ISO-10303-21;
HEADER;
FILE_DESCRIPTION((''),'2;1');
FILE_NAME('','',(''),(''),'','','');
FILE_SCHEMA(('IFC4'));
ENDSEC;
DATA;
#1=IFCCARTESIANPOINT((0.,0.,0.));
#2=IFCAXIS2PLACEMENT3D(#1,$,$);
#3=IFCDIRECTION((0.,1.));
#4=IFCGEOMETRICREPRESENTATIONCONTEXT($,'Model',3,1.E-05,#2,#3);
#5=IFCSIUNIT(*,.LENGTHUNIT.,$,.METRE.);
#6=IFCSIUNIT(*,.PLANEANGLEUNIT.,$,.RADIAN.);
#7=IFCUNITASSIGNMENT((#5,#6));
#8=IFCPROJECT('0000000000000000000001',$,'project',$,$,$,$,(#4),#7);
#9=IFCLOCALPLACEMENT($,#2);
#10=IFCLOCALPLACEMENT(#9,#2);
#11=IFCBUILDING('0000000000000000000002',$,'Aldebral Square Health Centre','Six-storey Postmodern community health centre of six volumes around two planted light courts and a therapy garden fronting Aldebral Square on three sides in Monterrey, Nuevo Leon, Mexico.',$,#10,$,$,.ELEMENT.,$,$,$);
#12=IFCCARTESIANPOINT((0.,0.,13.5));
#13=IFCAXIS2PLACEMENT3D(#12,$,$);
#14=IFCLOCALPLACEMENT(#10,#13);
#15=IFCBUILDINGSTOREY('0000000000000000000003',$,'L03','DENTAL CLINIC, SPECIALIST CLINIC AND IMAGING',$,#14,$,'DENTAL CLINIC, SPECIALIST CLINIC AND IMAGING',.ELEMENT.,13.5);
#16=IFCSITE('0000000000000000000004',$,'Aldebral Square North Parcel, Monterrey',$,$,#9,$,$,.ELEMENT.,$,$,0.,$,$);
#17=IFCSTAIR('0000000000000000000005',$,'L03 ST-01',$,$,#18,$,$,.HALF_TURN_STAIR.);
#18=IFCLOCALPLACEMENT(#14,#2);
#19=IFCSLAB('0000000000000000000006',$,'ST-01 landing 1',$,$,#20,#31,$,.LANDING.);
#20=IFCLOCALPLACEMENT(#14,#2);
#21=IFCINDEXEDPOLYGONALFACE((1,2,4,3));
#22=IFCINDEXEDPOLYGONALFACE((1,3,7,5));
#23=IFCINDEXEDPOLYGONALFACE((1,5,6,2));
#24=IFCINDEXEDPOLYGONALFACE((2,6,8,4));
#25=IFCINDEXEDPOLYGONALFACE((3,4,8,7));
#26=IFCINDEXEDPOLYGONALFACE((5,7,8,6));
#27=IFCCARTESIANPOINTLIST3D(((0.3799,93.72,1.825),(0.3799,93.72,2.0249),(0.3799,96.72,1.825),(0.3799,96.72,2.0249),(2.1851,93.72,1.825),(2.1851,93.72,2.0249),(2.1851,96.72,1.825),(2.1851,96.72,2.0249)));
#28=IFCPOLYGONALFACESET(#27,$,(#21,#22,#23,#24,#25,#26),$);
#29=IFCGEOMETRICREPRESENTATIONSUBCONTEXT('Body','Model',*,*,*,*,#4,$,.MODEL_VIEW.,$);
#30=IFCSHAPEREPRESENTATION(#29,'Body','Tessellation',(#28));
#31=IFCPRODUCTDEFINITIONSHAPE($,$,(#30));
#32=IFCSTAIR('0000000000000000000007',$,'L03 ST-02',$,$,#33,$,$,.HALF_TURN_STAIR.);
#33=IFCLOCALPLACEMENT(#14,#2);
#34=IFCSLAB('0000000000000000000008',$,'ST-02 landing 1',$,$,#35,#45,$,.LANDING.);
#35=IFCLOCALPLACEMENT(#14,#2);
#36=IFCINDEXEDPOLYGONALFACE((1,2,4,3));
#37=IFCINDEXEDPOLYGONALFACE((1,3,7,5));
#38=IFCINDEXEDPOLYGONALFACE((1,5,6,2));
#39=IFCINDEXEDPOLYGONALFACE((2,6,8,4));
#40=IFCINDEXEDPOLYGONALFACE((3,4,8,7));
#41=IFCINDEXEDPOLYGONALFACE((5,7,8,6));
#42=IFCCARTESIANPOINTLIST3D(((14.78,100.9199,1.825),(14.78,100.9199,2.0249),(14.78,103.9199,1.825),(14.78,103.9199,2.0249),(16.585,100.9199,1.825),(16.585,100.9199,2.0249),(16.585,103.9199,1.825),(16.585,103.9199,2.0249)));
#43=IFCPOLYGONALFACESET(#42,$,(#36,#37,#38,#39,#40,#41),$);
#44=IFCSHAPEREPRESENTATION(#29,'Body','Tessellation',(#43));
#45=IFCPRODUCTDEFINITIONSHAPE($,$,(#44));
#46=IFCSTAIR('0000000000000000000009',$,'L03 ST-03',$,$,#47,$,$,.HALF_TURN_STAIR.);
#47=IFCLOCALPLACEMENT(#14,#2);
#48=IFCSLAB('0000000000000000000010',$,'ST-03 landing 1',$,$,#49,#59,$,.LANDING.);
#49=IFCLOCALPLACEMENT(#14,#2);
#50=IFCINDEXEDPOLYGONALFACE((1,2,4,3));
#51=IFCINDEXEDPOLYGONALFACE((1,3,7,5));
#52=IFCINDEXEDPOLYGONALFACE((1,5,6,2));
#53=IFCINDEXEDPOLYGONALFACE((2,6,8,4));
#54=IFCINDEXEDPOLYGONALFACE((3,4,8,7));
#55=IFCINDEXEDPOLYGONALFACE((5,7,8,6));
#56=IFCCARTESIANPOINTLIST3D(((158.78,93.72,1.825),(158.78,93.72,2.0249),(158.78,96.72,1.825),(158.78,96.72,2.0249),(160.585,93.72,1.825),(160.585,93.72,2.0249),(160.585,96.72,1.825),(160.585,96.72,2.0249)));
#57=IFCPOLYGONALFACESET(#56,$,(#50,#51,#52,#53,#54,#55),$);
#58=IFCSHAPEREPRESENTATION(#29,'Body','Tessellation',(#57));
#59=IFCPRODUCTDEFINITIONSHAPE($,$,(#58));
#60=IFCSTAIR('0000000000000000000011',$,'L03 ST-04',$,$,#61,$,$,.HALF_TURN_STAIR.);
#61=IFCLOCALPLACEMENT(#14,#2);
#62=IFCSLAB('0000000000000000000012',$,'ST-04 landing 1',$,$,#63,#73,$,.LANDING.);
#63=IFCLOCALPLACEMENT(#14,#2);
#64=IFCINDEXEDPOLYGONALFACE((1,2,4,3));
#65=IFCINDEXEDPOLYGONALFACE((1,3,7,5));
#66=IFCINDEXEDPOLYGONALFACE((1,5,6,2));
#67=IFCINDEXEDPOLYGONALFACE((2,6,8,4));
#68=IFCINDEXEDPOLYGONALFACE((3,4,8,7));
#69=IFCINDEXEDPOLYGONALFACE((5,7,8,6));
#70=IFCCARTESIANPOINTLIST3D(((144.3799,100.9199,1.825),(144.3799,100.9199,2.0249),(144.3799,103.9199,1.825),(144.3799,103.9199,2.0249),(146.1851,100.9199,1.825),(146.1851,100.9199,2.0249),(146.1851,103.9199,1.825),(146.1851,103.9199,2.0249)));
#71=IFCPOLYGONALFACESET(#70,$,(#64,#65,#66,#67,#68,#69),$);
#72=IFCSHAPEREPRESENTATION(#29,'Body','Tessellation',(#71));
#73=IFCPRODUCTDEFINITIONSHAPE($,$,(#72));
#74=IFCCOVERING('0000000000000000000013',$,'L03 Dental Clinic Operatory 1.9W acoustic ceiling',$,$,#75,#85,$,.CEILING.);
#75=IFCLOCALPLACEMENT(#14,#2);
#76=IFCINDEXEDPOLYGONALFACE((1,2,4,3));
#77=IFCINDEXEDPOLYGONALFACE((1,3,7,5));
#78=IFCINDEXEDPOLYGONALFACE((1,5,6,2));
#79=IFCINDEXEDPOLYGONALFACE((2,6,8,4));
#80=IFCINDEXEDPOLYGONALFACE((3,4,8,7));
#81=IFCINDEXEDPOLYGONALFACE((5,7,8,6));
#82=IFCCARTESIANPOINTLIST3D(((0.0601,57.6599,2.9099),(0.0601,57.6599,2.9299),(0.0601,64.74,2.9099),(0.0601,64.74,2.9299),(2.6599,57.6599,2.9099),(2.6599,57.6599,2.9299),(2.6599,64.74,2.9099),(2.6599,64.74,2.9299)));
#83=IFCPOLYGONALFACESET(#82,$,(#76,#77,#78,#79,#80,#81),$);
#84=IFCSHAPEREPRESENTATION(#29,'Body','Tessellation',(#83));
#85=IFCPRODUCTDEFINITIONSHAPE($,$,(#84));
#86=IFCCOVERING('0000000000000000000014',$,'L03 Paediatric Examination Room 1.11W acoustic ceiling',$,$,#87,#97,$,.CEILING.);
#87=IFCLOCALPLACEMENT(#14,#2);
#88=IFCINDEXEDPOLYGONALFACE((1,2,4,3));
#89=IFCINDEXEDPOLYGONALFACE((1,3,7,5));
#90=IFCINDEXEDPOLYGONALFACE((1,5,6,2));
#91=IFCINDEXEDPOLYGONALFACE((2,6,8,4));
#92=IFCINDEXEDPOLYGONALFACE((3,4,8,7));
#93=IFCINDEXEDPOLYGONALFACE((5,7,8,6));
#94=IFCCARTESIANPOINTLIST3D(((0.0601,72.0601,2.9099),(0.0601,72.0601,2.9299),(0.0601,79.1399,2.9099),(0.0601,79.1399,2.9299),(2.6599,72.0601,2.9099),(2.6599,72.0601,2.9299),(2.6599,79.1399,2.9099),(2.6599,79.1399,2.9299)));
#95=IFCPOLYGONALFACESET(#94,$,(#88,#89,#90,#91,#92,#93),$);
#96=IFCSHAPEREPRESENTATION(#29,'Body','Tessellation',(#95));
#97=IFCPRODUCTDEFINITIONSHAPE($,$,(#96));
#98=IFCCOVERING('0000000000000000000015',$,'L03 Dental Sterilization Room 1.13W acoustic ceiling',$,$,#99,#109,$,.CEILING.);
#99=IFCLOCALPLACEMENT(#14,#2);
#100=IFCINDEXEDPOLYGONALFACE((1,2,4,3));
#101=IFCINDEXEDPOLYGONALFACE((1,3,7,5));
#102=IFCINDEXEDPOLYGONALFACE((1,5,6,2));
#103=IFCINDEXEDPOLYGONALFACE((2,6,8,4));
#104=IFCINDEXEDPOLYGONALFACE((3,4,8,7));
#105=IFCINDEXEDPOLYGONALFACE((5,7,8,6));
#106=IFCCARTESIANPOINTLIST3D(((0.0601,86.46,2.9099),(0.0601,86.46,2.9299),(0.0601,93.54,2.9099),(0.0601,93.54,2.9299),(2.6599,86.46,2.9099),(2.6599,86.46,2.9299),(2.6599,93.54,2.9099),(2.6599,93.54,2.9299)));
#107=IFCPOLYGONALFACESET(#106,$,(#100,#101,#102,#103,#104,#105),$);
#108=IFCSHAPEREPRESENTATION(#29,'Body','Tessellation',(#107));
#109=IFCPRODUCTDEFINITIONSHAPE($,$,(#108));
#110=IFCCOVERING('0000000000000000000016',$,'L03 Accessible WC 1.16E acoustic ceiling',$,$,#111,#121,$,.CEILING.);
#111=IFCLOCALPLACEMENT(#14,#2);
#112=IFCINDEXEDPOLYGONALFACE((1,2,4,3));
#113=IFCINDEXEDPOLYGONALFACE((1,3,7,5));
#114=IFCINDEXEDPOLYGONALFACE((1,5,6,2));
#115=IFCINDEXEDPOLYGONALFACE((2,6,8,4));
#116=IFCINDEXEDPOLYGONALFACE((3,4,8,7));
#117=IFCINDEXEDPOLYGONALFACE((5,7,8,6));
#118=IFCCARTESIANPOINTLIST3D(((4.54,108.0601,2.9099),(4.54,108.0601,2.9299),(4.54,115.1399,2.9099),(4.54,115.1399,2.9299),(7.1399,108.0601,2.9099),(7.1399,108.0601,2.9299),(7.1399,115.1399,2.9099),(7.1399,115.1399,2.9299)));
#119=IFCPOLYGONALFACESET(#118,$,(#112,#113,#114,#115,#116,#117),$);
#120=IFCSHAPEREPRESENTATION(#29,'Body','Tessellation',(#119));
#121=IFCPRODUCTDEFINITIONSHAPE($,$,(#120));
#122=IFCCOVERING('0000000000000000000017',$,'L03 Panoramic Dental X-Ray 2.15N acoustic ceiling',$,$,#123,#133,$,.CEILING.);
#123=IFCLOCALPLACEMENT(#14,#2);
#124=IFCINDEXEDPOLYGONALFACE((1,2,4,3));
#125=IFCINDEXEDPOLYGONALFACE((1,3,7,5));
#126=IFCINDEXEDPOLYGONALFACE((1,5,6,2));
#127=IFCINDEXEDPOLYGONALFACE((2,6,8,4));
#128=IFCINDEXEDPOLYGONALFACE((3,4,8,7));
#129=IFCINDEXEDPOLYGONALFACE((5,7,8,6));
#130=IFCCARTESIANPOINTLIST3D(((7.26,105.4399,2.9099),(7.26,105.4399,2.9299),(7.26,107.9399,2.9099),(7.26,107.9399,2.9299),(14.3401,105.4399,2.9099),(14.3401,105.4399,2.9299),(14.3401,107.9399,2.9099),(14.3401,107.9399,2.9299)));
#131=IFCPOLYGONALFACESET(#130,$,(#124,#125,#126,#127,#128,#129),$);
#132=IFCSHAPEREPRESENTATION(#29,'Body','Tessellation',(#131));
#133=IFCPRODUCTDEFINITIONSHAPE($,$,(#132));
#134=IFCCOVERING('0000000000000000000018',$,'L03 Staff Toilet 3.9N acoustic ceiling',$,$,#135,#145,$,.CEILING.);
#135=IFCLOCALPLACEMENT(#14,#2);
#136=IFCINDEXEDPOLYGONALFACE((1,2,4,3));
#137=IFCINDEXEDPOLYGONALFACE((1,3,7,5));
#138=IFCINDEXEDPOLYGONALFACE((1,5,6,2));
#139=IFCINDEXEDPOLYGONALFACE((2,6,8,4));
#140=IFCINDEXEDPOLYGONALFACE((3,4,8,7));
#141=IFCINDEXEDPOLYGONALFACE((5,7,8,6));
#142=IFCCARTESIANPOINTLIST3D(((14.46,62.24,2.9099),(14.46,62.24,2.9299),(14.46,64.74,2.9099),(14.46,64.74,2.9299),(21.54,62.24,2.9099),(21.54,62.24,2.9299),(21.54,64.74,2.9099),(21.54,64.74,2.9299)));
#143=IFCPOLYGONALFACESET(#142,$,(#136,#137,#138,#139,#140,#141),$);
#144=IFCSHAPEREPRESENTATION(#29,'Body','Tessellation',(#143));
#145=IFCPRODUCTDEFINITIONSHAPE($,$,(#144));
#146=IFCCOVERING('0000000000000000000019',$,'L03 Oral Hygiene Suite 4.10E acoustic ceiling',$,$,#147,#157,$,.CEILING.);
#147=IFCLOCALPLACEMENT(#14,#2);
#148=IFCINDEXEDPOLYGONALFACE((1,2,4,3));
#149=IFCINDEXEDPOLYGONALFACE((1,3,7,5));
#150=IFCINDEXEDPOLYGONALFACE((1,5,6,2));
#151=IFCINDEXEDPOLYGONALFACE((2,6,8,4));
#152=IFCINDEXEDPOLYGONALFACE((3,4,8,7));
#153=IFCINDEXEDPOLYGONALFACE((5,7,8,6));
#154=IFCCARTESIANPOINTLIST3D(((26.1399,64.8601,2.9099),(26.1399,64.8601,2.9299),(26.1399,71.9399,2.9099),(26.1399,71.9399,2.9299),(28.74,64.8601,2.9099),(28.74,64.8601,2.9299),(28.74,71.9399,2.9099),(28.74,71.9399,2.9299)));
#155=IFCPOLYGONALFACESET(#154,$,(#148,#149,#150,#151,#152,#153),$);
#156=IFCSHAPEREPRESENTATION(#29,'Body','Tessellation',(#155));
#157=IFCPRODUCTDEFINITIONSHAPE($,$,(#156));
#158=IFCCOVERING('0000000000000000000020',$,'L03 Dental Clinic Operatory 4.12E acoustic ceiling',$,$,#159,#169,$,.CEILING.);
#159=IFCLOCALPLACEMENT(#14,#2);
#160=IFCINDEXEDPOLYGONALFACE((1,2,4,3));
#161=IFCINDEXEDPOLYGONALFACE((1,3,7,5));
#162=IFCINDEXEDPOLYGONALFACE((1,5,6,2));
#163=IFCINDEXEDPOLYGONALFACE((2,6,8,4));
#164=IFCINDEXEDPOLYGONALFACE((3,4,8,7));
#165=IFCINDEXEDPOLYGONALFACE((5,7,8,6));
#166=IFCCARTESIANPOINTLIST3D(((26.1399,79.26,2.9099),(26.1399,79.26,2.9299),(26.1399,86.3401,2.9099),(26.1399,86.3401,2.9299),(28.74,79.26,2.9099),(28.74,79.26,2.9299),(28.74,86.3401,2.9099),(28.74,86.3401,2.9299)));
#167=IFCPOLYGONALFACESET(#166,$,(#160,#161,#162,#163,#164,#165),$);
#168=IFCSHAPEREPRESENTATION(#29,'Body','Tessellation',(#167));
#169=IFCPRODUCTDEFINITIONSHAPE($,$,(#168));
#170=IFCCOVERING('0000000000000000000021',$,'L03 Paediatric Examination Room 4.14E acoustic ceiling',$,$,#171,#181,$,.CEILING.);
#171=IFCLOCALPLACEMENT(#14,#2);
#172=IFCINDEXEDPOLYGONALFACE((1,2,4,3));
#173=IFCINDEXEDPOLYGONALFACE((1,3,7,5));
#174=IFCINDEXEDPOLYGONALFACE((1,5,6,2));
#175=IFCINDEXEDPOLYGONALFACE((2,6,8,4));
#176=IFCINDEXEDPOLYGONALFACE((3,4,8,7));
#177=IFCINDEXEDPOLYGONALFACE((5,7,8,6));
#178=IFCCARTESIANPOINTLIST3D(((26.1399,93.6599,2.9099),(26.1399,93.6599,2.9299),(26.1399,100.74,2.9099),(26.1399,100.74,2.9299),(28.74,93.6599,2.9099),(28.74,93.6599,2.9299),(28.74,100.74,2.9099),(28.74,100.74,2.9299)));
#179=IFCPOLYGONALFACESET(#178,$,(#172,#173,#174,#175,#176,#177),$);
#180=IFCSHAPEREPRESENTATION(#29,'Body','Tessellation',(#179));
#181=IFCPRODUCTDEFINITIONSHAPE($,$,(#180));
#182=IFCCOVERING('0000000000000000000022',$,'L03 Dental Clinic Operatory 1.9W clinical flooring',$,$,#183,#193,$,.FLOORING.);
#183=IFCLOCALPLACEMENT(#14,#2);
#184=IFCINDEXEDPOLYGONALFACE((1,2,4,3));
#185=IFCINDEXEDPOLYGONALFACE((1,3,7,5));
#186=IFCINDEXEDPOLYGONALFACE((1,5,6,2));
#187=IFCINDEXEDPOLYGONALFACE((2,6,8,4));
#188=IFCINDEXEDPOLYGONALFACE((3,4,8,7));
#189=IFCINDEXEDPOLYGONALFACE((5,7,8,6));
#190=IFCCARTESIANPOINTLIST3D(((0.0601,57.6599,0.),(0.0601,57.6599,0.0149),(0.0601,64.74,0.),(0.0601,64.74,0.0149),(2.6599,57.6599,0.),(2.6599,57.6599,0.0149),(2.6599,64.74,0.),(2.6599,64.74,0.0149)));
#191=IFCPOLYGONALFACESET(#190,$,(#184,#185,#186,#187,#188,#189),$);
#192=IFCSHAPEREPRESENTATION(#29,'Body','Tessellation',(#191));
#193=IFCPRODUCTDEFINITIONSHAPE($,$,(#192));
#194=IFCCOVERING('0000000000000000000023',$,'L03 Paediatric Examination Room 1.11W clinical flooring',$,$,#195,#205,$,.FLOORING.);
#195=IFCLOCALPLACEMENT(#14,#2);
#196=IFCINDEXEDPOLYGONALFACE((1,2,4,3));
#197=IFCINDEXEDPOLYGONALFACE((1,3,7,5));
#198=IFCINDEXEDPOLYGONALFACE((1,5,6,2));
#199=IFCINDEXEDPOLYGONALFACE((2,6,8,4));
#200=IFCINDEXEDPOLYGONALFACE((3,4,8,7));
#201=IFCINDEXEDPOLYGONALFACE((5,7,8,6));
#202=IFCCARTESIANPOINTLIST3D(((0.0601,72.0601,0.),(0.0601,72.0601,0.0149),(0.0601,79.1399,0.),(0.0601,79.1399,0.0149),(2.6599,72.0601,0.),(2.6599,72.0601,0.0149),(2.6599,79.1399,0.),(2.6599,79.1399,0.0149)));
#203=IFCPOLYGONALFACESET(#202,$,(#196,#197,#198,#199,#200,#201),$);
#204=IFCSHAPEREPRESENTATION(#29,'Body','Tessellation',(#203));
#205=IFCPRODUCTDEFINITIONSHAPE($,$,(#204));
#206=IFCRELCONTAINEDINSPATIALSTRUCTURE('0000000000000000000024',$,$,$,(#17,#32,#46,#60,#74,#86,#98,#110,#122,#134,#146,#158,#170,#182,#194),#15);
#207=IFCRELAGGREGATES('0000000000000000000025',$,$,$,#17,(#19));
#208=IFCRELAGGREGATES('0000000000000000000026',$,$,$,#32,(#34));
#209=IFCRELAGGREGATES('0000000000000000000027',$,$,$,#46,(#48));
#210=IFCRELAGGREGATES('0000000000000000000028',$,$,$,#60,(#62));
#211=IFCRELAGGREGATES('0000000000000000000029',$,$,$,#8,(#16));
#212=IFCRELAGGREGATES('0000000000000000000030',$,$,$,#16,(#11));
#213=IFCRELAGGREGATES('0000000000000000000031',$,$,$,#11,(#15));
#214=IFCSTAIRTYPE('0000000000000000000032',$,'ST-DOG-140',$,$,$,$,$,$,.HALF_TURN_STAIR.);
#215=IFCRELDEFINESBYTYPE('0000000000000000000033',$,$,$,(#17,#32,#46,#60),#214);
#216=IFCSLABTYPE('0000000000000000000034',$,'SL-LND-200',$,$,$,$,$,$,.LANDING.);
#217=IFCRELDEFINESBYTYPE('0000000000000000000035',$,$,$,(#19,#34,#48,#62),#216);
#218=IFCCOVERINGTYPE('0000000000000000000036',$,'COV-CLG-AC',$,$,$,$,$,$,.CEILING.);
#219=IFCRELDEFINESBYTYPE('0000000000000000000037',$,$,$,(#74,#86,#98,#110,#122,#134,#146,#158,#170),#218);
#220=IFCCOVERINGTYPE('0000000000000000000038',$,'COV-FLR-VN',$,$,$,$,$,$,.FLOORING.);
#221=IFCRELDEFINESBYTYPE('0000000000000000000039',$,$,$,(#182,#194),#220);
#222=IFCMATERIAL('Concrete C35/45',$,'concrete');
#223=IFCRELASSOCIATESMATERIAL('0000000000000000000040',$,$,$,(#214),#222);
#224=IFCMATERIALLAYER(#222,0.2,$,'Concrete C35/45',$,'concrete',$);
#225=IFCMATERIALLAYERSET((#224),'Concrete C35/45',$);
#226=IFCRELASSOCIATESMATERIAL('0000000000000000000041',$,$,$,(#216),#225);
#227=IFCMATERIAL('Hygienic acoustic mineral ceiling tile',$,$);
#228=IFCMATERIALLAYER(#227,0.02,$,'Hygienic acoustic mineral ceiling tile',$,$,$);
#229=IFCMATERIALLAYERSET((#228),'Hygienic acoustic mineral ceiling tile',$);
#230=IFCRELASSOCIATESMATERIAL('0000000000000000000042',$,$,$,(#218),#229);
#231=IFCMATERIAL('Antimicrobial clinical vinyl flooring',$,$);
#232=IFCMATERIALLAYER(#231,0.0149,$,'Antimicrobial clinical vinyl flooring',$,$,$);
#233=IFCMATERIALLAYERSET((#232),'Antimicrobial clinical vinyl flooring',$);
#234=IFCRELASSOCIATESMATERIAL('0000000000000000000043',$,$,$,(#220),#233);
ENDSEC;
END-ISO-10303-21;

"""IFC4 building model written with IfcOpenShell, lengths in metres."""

from ifc_helpers import new_model, si_unit, direction, frame, origin, place, context, subcontext, project, spatial, polyline, outline, extrude, material, layer, layer_set, type_object, element, aggregate, save


model = new_model("IFC4")

# Units and contexts
model_context = context("Model", 3, precision=1e-05, world=origin(), true_north=direction((0.0, 1.0)))
body_context = subcontext(model_context, "Body", "Model", "MODEL_VIEW")
ifc_project = project(units=[si_unit("LENGTHUNIT", "METRE"), si_unit("PLANEANGLEUNIT", "RADIAN")], contexts=[model_context])

# Site, building, storey
site_placement = place(None, origin())
site = spatial("IfcSite", under=ifc_project, at=site_placement, Name="Aldebral Square North Parcel, Monterrey", CompositionType="ELEMENT", RefElevation=0.0)
building_placement = place(site_placement, origin())
building = spatial("IfcBuilding", under=site, at=building_placement, Name="Aldebral Square Health Centre", Description="Six-storey Postmodern community health centre of six volumes around two planted light courts and a therapy garden fronting Aldebral Square on three sides in Monterrey, Nuevo Leon, Mexico.", CompositionType="ELEMENT")
storey_placement = place(building_placement, frame((0.0, 0.0, 13.5)))
storey = spatial("IfcBuildingStorey", under=building, at=storey_placement, Name="L03", Description="DENTAL CLINIC, SPECIALIST CLINIC AND IMAGING", LongName="DENTAL CLINIC, SPECIALIST CLINIC AND IMAGING", CompositionType="ELEMENT", Elevation=13.5)

# Stairs, slabs
ifc_material_1 = material(Name="Concrete C35/45", Category="concrete")
stair_type = type_object("IfcStairType", Name="ST-DOG-140", PredefinedType="HALF_TURN_STAIR", material=ifc_material_1)
stair_1_placement = place(storey_placement, origin())
stair_1 = element("IfcStair", 1, at=stair_1_placement, inside=storey, type_object=stair_type, Name="L03 ST-01", PredefinedType="HALF_TURN_STAIR")
ifc_layer_1 = layer(ifc_material_1, 0.2, Name="Concrete C35/45", Category="concrete")
ifc_layer_set_1 = layer_set([ifc_layer_1], Name="Concrete C35/45")
slab_type = type_object("IfcSlabType", Name="SL-LND-200", PredefinedType="LANDING", material=ifc_layer_set_1)
slab_1_placement = place(storey_placement, frame((0.0, 0.0, 1.825)))
slab_1 = element("IfcSlab", 2, at=slab_1_placement, type_object=slab_type, Name="ST-01 landing 1", PredefinedType="LANDING", context=body_context, shape_type="SweptSolid", body=[
    extrude(outline(polyline([(2.1851, 96.72), (0.3799, 96.72), (0.3799, 93.72), (2.1851, 93.72), (2.1851, 96.72)])), origin(), (0.0, 0.0, 1.0), 0.2),
])
aggregate(stair_1, [slab_1])
stair_2_placement = place(storey_placement, origin())
stair_2 = element("IfcStair", 3, at=stair_2_placement, inside=storey, type_object=stair_type, Name="L03 ST-02", PredefinedType="HALF_TURN_STAIR")
slab_2_placement = place(storey_placement, frame((0.0, 0.0, 1.825)))
slab_2 = element("IfcSlab", 4, at=slab_2_placement, type_object=slab_type, Name="ST-02 landing 1", PredefinedType="LANDING", context=body_context, shape_type="SweptSolid", body=[
    extrude(outline(polyline([(16.585, 103.9199), (14.78, 103.9199), (14.78, 100.9199), (16.585, 100.9199), (16.585, 103.9199)])), origin(), (0.0, 0.0, 1.0), 0.2),
])
aggregate(stair_2, [slab_2])
stair_3_placement = place(storey_placement, origin())
stair_3 = element("IfcStair", 5, at=stair_3_placement, inside=storey, type_object=stair_type, Name="L03 ST-03", PredefinedType="HALF_TURN_STAIR")
slab_3_placement = place(storey_placement, frame((0.0, 0.0, 1.825)))
slab_3 = element("IfcSlab", 6, at=slab_3_placement, type_object=slab_type, Name="ST-03 landing 1", PredefinedType="LANDING", context=body_context, shape_type="SweptSolid", body=[
    extrude(outline(polyline([(160.585, 96.72), (158.78, 96.72), (158.78, 93.72), (160.585, 93.72), (160.585, 96.72)])), origin(), (0.0, 0.0, 1.0), 0.2),
])
aggregate(stair_3, [slab_3])
stair_4_placement = place(storey_placement, origin())
stair_4 = element("IfcStair", 7, at=stair_4_placement, inside=storey, type_object=stair_type, Name="L03 ST-04", PredefinedType="HALF_TURN_STAIR")
slab_4_placement = place(storey_placement, frame((0.0, 0.0, 1.825)))
slab_4 = element("IfcSlab", 8, at=slab_4_placement, type_object=slab_type, Name="ST-04 landing 1", PredefinedType="LANDING", context=body_context, shape_type="SweptSolid", body=[
    extrude(outline(polyline([(146.1851, 103.9199), (144.3799, 103.9199), (144.3799, 100.9199), (146.1851, 100.9199), (146.1851, 103.9199)])), origin(), (0.0, 0.0, 1.0), 0.2),
])
aggregate(stair_4, [slab_4])

# Coverings
ifc_material_2 = material(Name="Hygienic acoustic mineral ceiling tile")
ifc_layer_2 = layer(ifc_material_2, 0.02, Name="Hygienic acoustic mineral ceiling tile")
ifc_layer_set_2 = layer_set([ifc_layer_2], Name="Hygienic acoustic mineral ceiling tile")
covering_type_1 = type_object("IfcCoveringType", Name="COV-CLG-AC", PredefinedType="CEILING", material=ifc_layer_set_2)
covering_1_placement = place(storey_placement, frame((0.0, 0.0, 2.9099)))
element("IfcCovering", 9, at=covering_1_placement, inside=storey, type_object=covering_type_1, Name="L03 Dental Clinic Operatory 1.9W acoustic ceiling", PredefinedType="CEILING", context=body_context, shape_type="SweptSolid", body=[
    extrude(outline(polyline([(0.0601, 57.6599), (2.6599, 57.6599), (2.6599, 64.74), (0.0601, 64.74), (0.0601, 57.6599)])), origin(), (0.0, 0.0, 1.0), 0.02),
])
covering_2_placement = place(storey_placement, frame((0.0, 0.0, 2.9099)))
element("IfcCovering", 10, at=covering_2_placement, inside=storey, type_object=covering_type_1, Name="L03 Paediatric Examination Room 1.11W acoustic ceiling", PredefinedType="CEILING", context=body_context, shape_type="SweptSolid", body=[
    extrude(outline(polyline([(0.0601, 72.0601), (2.6599, 72.0601), (2.6599, 79.1399), (0.0601, 79.1399), (0.0601, 72.0601)])), origin(), (0.0, 0.0, 1.0), 0.02),
])
covering_3_placement = place(storey_placement, frame((0.0, 0.0, 2.9099)))
element("IfcCovering", 11, at=covering_3_placement, inside=storey, type_object=covering_type_1, Name="L03 Dental Sterilization Room 1.13W acoustic ceiling", PredefinedType="CEILING", context=body_context, shape_type="SweptSolid", body=[
    extrude(outline(polyline([(0.0601, 86.46), (2.6599, 86.46), (2.6599, 93.54), (0.0601, 93.54), (0.0601, 86.46)])), origin(), (0.0, 0.0, 1.0), 0.02),
])
covering_4_placement = place(storey_placement, frame((0.0, 0.0, 2.9099)))
element("IfcCovering", 12, at=covering_4_placement, inside=storey, type_object=covering_type_1, Name="L03 Accessible WC 1.16E acoustic ceiling", PredefinedType="CEILING", context=body_context, shape_type="SweptSolid", body=[
    extrude(outline(polyline([(4.54, 108.0601), (7.1399, 108.0601), (7.1399, 115.1399), (4.54, 115.1399), (4.54, 108.0601)])), origin(), (0.0, 0.0, 1.0), 0.02),
])
covering_5_placement = place(storey_placement, frame((0.0, 0.0, 2.9099)))
element("IfcCovering", 13, at=covering_5_placement, inside=storey, type_object=covering_type_1, Name="L03 Panoramic Dental X-Ray 2.15N acoustic ceiling", PredefinedType="CEILING", context=body_context, shape_type="SweptSolid", body=[
    extrude(outline(polyline([(7.26, 105.4399), (14.3401, 105.4399), (14.3401, 107.9399), (7.26, 107.9399), (7.26, 105.4399)])), origin(), (0.0, 0.0, 1.0), 0.02),
])
covering_6_placement = place(storey_placement, frame((0.0, 0.0, 2.9099)))
element("IfcCovering", 14, at=covering_6_placement, inside=storey, type_object=covering_type_1, Name="L03 Staff Toilet 3.9N acoustic ceiling", PredefinedType="CEILING", context=body_context, shape_type="SweptSolid", body=[
    extrude(outline(polyline([(14.46, 62.24), (21.54, 62.24), (21.54, 64.74), (14.46, 64.74), (14.46, 62.24)])), origin(), (0.0, 0.0, 1.0), 0.02),
])
covering_7_placement = place(storey_placement, frame((0.0, 0.0, 2.9099)))
element("IfcCovering", 15, at=covering_7_placement, inside=storey, type_object=covering_type_1, Name="L03 Oral Hygiene Suite 4.10E acoustic ceiling", PredefinedType="CEILING", context=body_context, shape_type="SweptSolid", body=[
    extrude(outline(polyline([(26.1399, 64.8601), (28.74, 64.8601), (28.74, 71.9399), (26.1399, 71.9399), (26.1399, 64.8601)])), origin(), (0.0, 0.0, 1.0), 0.02),
])
covering_8_placement = place(storey_placement, frame((0.0, 0.0, 2.9099)))
element("IfcCovering", 16, at=covering_8_placement, inside=storey, type_object=covering_type_1, Name="L03 Dental Clinic Operatory 4.12E acoustic ceiling", PredefinedType="CEILING", context=body_context, shape_type="SweptSolid", body=[
    extrude(outline(polyline([(26.1399, 79.26), (28.74, 79.26), (28.74, 86.3401), (26.1399, 86.3401), (26.1399, 79.26)])), origin(), (0.0, 0.0, 1.0), 0.02),
])
covering_9_placement = place(storey_placement, frame((0.0, 0.0, 2.9099)))
element("IfcCovering", 17, at=covering_9_placement, inside=storey, type_object=covering_type_1, Name="L03 Paediatric Examination Room 4.14E acoustic ceiling", PredefinedType="CEILING", context=body_context, shape_type="SweptSolid", body=[
    extrude(outline(polyline([(26.1399, 93.6599), (28.74, 93.6599), (28.74, 100.74), (26.1399, 100.74), (26.1399, 93.6599)])), origin(), (0.0, 0.0, 1.0), 0.02),
])
ifc_material_3 = material(Name="Antimicrobial clinical vinyl flooring")
ifc_layer_3 = layer(ifc_material_3, 0.0149, Name="Antimicrobial clinical vinyl flooring")
ifc_layer_set_3 = layer_set([ifc_layer_3], Name="Antimicrobial clinical vinyl flooring")
covering_type_2 = type_object("IfcCoveringType", Name="COV-FLR-VN", PredefinedType="FLOORING", material=ifc_layer_set_3)
covering_10_placement = place(storey_placement, origin())
element("IfcCovering", 18, at=covering_10_placement, inside=storey, type_object=covering_type_2, Name="L03 Dental Clinic Operatory 1.9W clinical flooring", PredefinedType="FLOORING", context=body_context, shape_type="SweptSolid", body=[
    extrude(outline(polyline([(0.0601, 57.6599), (2.6599, 57.6599), (2.6599, 64.74), (0.0601, 64.74), (0.0601, 57.6599)])), origin(), (0.0, 0.0, 1.0), 0.0149),
])
covering_11_placement = place(storey_placement, origin())
element("IfcCovering", 19, at=covering_11_placement, inside=storey, type_object=covering_type_2, Name="L03 Paediatric Examination Room 1.11W clinical flooring", PredefinedType="FLOORING", context=body_context, shape_type="SweptSolid", body=[
    extrude(outline(polyline([(0.0601, 72.0601), (2.6599, 72.0601), (2.6599, 79.1399), (0.0601, 79.1399), (0.0601, 72.0601)])), origin(), (0.0, 0.0, 1.0), 0.0149),
])

save(model, "model.ifc")
